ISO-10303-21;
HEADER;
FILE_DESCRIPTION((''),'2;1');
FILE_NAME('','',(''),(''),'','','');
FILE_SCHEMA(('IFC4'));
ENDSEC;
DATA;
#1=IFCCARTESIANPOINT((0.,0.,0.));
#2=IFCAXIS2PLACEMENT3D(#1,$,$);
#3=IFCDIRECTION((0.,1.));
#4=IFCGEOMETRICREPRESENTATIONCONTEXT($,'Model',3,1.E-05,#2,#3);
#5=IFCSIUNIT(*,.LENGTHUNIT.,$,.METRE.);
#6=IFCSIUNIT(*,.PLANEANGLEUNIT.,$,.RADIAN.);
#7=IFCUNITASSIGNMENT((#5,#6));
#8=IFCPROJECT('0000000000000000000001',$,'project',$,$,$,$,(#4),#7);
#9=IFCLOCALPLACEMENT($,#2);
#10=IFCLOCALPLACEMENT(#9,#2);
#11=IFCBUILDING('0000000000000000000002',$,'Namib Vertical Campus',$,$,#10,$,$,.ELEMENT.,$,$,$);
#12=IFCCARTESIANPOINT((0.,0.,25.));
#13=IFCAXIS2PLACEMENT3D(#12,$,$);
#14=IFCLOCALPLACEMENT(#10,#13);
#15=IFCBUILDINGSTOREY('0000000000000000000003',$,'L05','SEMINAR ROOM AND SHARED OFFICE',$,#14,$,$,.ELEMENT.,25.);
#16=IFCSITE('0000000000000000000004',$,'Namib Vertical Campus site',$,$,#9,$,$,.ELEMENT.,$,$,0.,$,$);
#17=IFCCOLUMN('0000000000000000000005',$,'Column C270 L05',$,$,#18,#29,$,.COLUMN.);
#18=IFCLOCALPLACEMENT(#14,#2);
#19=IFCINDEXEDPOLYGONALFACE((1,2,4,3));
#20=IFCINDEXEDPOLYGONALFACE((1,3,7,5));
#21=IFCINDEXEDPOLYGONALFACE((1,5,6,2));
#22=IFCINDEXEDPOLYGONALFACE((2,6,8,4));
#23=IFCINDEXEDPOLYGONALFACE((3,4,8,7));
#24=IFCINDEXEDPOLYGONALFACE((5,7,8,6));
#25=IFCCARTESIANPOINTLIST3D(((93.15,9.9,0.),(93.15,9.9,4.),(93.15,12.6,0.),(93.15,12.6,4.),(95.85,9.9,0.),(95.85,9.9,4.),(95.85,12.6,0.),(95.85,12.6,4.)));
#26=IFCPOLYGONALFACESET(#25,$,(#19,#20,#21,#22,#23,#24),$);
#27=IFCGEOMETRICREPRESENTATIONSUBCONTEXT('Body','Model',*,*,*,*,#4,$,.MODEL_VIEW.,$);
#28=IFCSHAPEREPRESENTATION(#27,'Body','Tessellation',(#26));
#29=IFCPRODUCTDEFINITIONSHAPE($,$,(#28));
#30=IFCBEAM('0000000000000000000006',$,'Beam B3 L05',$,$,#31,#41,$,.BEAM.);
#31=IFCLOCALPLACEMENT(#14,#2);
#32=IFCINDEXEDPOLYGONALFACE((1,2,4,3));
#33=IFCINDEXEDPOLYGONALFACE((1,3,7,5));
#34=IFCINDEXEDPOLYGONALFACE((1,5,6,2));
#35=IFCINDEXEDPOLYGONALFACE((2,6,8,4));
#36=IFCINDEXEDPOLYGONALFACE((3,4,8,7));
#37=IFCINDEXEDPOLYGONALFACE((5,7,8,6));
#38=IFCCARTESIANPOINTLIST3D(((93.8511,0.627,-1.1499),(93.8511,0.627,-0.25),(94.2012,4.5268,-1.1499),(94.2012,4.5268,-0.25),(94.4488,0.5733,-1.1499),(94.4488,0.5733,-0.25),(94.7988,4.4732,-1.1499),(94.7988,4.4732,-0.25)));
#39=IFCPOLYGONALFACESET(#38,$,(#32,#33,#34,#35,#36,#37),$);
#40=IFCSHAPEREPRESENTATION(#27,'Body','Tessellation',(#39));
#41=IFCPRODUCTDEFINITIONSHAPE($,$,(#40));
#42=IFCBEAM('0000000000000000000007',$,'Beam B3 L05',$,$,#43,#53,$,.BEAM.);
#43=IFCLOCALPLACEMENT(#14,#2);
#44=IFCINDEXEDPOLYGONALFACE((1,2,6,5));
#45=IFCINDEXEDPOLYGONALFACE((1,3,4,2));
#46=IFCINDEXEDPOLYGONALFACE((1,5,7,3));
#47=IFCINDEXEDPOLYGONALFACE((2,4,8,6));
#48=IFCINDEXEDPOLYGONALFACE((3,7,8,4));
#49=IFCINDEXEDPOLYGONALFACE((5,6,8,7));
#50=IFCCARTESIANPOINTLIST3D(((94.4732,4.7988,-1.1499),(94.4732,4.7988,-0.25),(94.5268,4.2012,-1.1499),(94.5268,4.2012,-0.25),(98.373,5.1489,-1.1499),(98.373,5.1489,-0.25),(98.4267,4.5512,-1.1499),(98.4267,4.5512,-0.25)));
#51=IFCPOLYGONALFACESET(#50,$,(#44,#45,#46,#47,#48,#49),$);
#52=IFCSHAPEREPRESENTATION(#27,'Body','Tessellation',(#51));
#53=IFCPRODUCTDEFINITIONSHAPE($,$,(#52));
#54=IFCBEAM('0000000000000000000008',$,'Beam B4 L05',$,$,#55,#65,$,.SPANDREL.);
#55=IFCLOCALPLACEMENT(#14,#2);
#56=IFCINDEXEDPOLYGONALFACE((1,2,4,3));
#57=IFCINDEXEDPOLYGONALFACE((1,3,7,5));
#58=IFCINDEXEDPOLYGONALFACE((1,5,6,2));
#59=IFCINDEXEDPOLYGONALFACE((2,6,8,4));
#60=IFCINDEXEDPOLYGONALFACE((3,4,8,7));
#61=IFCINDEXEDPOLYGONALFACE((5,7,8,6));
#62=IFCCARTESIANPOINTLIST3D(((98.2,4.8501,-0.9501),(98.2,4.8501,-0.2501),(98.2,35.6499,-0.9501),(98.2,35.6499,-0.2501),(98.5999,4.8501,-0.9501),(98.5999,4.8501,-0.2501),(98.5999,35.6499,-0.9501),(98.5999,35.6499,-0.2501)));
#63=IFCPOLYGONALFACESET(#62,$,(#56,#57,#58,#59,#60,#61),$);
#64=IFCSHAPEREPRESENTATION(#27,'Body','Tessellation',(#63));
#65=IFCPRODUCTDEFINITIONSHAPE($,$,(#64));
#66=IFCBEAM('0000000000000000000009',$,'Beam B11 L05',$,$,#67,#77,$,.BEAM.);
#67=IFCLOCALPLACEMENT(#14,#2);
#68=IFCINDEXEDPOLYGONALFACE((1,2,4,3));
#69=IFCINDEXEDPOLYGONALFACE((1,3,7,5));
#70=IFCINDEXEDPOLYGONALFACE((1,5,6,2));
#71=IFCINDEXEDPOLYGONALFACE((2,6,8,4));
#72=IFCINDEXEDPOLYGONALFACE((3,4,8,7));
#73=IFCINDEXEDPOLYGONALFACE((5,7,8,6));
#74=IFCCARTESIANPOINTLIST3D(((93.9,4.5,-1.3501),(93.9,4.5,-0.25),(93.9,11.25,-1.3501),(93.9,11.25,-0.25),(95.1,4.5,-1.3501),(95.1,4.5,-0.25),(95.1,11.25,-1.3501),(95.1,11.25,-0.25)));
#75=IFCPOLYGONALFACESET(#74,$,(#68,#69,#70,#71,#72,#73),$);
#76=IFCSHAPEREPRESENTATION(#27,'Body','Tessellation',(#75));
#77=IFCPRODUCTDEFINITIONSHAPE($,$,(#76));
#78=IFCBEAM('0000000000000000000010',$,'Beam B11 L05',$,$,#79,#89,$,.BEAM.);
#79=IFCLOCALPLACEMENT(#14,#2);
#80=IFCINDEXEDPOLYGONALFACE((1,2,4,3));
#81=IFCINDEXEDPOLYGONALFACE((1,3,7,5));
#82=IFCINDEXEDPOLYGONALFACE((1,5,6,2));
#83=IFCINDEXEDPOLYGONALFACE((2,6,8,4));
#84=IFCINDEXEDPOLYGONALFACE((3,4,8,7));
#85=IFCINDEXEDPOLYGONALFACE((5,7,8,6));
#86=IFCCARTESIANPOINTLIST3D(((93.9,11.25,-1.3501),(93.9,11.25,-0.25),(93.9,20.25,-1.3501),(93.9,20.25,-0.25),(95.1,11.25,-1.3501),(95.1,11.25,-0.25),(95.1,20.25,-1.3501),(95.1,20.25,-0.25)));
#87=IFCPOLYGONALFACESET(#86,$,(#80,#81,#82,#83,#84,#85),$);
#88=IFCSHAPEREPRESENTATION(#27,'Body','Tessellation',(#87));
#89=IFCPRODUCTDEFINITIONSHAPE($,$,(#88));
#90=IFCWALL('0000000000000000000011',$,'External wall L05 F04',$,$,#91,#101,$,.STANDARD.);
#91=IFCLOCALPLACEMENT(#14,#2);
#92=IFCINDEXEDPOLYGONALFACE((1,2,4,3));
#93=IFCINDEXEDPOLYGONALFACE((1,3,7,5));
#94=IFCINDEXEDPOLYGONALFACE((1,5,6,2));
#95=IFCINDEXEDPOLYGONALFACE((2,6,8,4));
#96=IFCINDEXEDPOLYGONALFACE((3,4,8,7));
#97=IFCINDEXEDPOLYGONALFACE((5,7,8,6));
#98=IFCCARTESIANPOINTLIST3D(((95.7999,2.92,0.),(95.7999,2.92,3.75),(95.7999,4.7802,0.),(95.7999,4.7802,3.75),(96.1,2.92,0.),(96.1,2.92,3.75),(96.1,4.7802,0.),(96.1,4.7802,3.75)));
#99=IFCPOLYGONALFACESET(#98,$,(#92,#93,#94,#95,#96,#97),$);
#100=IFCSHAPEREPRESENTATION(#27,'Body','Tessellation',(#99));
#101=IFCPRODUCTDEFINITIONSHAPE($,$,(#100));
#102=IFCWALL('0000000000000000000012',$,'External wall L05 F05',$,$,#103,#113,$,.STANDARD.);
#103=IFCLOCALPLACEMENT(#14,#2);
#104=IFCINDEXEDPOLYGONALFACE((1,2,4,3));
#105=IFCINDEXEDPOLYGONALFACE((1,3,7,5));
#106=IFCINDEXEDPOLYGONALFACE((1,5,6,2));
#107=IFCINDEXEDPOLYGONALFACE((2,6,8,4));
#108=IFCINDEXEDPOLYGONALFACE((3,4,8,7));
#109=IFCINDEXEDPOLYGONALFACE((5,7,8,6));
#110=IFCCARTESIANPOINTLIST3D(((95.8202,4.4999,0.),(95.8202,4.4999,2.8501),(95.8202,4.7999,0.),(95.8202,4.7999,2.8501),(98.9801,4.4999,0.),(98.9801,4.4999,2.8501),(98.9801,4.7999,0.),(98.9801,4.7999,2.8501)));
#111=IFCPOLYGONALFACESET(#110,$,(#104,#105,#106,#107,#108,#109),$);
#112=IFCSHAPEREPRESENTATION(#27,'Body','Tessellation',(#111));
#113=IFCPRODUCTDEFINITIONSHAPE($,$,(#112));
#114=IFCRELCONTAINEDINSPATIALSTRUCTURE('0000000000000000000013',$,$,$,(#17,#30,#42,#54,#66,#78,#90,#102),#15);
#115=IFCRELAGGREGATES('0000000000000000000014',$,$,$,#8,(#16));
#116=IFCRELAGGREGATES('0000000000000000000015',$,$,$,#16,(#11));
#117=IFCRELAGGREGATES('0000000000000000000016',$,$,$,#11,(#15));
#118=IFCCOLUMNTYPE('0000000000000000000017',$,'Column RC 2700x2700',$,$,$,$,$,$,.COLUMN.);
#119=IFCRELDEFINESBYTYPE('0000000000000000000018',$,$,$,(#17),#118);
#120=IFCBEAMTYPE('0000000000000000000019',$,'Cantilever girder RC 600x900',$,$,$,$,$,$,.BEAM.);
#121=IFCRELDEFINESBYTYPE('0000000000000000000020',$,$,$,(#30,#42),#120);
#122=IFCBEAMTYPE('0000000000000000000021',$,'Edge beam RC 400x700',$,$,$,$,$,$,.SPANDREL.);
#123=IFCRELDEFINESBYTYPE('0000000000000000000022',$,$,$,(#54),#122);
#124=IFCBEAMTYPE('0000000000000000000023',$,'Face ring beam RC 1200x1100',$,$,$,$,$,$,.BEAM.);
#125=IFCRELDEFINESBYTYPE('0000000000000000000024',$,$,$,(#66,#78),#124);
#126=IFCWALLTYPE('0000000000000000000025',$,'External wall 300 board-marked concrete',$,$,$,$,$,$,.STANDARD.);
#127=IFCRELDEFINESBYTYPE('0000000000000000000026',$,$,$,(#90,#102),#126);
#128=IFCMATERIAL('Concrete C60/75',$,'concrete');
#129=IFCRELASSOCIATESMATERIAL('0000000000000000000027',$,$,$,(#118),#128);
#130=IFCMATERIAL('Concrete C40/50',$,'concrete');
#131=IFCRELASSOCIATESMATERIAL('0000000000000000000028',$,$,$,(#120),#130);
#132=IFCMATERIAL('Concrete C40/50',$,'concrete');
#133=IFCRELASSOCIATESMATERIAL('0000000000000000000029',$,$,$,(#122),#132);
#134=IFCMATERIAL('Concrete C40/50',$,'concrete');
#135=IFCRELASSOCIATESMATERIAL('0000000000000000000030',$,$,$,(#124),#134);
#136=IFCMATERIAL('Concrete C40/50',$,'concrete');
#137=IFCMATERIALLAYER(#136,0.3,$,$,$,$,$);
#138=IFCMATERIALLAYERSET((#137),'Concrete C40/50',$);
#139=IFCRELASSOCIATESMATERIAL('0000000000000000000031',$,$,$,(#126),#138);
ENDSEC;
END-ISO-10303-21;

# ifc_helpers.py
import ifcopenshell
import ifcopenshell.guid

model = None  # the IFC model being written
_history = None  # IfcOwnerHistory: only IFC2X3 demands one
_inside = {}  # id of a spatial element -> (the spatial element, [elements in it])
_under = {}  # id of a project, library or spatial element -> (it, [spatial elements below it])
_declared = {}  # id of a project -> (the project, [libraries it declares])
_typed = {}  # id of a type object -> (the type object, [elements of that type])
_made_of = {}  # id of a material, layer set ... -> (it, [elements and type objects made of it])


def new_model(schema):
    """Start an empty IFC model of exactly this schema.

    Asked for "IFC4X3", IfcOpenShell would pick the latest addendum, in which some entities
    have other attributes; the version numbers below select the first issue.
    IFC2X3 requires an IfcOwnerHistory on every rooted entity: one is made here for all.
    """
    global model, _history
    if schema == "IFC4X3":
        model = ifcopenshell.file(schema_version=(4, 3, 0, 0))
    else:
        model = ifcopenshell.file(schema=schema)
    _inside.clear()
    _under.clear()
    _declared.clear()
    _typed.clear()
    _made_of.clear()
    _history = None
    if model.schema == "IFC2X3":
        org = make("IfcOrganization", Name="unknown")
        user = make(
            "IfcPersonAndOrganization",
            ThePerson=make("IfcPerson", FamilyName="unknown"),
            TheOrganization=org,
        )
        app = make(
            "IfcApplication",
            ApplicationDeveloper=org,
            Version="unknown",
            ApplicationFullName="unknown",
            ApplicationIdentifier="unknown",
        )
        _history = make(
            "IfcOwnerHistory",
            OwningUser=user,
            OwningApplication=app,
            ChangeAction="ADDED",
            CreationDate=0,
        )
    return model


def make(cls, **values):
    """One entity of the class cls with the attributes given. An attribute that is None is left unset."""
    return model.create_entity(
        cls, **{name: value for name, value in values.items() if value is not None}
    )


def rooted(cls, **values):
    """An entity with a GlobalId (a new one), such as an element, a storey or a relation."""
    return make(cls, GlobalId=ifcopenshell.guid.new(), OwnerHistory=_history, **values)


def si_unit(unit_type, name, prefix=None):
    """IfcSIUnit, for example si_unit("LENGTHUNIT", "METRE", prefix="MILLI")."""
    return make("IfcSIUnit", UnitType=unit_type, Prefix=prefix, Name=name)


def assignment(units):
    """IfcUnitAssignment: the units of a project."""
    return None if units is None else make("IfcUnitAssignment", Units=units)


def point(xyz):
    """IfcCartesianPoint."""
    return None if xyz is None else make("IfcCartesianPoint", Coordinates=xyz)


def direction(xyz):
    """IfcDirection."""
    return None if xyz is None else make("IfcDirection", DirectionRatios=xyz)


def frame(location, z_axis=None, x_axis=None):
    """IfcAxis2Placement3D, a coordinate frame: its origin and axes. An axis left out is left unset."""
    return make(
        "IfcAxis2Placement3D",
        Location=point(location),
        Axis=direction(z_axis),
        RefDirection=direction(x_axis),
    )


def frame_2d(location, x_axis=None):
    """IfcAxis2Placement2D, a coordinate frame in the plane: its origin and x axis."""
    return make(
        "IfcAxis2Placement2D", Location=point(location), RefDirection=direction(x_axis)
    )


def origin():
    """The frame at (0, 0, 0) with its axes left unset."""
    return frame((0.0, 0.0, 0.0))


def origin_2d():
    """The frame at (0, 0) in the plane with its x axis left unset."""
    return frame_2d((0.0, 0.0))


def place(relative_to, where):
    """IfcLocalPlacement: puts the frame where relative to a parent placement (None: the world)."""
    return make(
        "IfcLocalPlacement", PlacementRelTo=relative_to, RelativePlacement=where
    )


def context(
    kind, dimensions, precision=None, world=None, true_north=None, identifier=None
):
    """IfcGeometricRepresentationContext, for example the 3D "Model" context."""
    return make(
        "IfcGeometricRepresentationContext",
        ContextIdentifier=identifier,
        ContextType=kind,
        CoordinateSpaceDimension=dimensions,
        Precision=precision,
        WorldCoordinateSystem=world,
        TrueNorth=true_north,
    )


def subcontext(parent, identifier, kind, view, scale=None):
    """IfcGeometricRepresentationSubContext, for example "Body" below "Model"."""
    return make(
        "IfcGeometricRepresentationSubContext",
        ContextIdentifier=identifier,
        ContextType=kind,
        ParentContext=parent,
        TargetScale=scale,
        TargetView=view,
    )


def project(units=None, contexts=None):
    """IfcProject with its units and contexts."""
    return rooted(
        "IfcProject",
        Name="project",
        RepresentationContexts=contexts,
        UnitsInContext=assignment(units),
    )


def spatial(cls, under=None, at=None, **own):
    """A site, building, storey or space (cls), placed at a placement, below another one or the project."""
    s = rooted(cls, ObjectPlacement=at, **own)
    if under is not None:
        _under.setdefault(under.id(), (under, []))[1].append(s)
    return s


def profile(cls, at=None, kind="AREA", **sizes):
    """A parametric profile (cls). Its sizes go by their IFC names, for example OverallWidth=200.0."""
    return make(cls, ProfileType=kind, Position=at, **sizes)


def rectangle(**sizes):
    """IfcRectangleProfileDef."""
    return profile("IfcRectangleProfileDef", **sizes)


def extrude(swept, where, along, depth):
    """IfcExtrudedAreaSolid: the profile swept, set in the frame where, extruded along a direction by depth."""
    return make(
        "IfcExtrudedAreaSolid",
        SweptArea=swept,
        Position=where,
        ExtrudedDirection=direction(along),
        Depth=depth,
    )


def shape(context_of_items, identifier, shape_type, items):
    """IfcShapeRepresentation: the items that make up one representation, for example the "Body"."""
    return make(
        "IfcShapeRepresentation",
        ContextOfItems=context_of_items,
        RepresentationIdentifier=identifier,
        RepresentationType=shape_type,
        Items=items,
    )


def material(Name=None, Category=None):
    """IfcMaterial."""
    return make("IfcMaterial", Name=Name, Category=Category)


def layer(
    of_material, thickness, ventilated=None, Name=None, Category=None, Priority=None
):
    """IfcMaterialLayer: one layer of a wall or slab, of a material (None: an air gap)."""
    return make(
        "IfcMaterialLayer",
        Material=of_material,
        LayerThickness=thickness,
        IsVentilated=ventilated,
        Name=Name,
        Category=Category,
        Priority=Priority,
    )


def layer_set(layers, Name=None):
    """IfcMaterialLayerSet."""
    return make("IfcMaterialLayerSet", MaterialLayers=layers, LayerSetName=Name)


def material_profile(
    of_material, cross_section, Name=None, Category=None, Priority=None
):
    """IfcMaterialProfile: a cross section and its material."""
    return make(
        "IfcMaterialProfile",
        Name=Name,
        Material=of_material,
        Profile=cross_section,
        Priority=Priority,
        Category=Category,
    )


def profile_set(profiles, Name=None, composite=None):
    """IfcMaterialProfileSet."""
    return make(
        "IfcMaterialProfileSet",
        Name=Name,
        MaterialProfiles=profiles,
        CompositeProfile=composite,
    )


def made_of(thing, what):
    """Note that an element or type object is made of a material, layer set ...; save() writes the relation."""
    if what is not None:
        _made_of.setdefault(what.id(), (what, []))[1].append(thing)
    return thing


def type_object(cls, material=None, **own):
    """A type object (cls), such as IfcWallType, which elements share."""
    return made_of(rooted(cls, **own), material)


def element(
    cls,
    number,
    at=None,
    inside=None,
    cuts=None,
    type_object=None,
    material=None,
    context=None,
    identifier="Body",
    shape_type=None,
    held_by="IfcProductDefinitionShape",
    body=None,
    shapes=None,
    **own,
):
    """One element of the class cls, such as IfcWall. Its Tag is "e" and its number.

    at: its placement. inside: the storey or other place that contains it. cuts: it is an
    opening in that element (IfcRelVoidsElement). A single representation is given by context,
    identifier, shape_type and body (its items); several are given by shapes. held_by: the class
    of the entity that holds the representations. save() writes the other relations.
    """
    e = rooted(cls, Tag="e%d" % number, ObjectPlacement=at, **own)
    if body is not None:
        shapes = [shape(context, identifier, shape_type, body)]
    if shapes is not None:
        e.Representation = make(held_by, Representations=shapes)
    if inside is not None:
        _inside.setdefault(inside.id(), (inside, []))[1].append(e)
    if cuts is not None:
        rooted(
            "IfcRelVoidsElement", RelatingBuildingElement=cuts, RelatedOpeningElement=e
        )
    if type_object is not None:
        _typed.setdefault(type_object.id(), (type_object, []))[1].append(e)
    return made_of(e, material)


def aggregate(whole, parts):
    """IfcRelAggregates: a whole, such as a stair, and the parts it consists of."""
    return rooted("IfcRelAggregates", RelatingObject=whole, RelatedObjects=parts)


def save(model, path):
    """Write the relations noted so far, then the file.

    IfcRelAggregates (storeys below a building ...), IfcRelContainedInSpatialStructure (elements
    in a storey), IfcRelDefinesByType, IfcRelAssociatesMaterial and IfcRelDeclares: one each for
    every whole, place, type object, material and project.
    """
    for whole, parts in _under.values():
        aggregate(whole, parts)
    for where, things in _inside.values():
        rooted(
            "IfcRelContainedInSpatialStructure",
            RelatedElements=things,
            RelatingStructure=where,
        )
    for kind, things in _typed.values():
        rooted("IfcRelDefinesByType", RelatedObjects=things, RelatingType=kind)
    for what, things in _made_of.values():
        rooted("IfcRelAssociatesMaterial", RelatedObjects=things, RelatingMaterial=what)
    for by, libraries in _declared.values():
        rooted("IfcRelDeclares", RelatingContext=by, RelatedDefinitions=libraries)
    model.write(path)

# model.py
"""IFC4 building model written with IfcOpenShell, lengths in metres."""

from ifc_helpers import new_model, si_unit, direction, frame, frame_2d, origin, origin_2d, place, context, subcontext, project, spatial, rectangle, extrude, material, layer, layer_set, material_profile, profile_set, type_object, element, save


model = new_model("IFC4")

# Units and contexts
model_context = context("Model", 3, precision=1e-05, world=origin(), true_north=direction((0.0, 1.0)))
body_context = subcontext(model_context, "Body", "Model", "MODEL_VIEW")
ifc_project = project(units=[si_unit("LENGTHUNIT", "METRE"), si_unit("PLANEANGLEUNIT", "RADIAN")], contexts=[model_context])

# Site, building, storey
site_placement = place(None, origin())
site = spatial("IfcSite", under=ifc_project, at=site_placement, Name="Namib Vertical Campus site", CompositionType="ELEMENT", RefElevation=0.0)
building_placement = place(site_placement, origin())
building = spatial("IfcBuilding", under=site, at=building_placement, Name="Namib Vertical Campus", CompositionType="ELEMENT")
storey_placement = place(building_placement, frame((0.0, 0.0, 25.0)))
storey = spatial("IfcBuildingStorey", under=building, at=storey_placement, Name="L05", Description="SEMINAR ROOM AND SHARED OFFICE", CompositionType="ELEMENT", Elevation=25.0)

# Column
ifc_material_1 = material(Name="Concrete C60/75", Category="concrete")
ifc_material_profile_1 = material_profile(ifc_material_1, rectangle(XDim=2.7, YDim=2.7, at=origin_2d()))
ifc_profile_set_1 = profile_set([ifc_material_profile_1], Name="Concrete C60/75")
column_type = type_object("IfcColumnType", Name="Column RC 2700x2700", PredefinedType="COLUMN", material=ifc_profile_set_1)
column_placement = place(storey_placement, frame((94.5, 11.25, 0.0), z_axis=(0.0, 0.0, 1.0), x_axis=(1.0, 0.0, 0.0)))
element("IfcColumn", 1, at=column_placement, inside=storey, type_object=column_type, Name="Column C270 L05", PredefinedType="COLUMN", context=body_context, shape_type="SweptSolid", body=[
    extrude(rectangle(XDim=2.7, YDim=2.7, at=origin_2d()), origin(), (0.0, 0.0, 1.0), 4.0),
])

# Beams
ifc_material_2 = material(Name="Concrete C40/50", Category="concrete")
ifc_material_profile_2 = material_profile(ifc_material_2, rectangle(XDim=0.6001, YDim=0.8999, at=origin_2d()))
ifc_profile_set_2 = profile_set([ifc_material_profile_2], Name="Concrete C40/50")
beam_type_1 = type_object("IfcBeamType", Name="Cantilever girder RC 600x900", PredefinedType="BEAM", material=ifc_profile_set_2)
for number, where, z_axis, x_axis, name in (
    (2, (94.5, 4.5, -0.7), (-0.089411, -0.995995, 0.0), (0.995995, -0.089411, 0.0), "Beam B3 L05"),
    (3, (94.5, 4.5, -0.7), (0.995995, 0.089411, 0.0), (-0.089411, 0.995995, 0.0), "Beam B3 L05"),
):
    element("IfcBeam", number, at=place(storey_placement, frame(where, z_axis=z_axis, x_axis=x_axis)), inside=storey, type_object=beam_type_1, Name=name, PredefinedType="BEAM", context=body_context, shape_type="SweptSolid", body=[
        extrude(rectangle(XDim=0.6001, YDim=0.8999, at=origin_2d()), origin(), (0.0, 0.0, 1.0), 3.9155),
    ])
ifc_material_3 = material(Name="Concrete C40/50", Category="concrete")
ifc_material_profile_3 = material_profile(ifc_material_3, rectangle(XDim=0.3999, YDim=0.7, at=origin_2d()))
ifc_profile_set_3 = profile_set([ifc_material_profile_3], Name="Concrete C40/50")
beam_type_2 = type_object("IfcBeamType", Name="Edge beam RC 400x700", PredefinedType="SPANDREL", material=ifc_profile_set_3)
beam_1_placement = place(storey_placement, frame((98.3999, 4.8501, -0.6001), z_axis=(0.0, 1.0, 0.0), x_axis=(-1.0, 0.0, 0.0)))
element("IfcBeam", 4, at=beam_1_placement, inside=storey, type_object=beam_type_2, Name="Beam B4 L05", PredefinedType="SPANDREL", context=body_context, shape_type="SweptSolid", body=[
    extrude(rectangle(XDim=0.3999, YDim=0.7, at=origin_2d()), origin(), (0.0, 0.0, 1.0), 30.7998),
])
ifc_material_4 = material(Name="Concrete C40/50", Category="concrete")
ifc_material_profile_4 = material_profile(ifc_material_4, rectangle(XDim=1.2, YDim=1.1001, at=origin_2d()))
ifc_profile_set_4 = profile_set([ifc_material_profile_4], Name="Concrete C40/50")
beam_type_3 = type_object("IfcBeamType", Name="Face ring beam RC 1200x1100", PredefinedType="BEAM", material=ifc_profile_set_4)
beam_2_placement = place(storey_placement, frame((94.5, 4.5, -0.8), z_axis=(0.0, 1.0, 0.0), x_axis=(-1.0, 0.0, 0.0)))
element("IfcBeam", 5, at=beam_2_placement, inside=storey, type_object=beam_type_3, Name="Beam B11 L05", PredefinedType="BEAM", context=body_context, shape_type="SweptSolid", body=[
    extrude(rectangle(XDim=1.2, YDim=1.1001, at=origin_2d()), origin(), (0.0, 0.0, 1.0), 6.75),
])
beam_3_placement = place(storey_placement, frame((94.5, 11.25, -0.8), z_axis=(0.0, 1.0, 0.0), x_axis=(-1.0, 0.0, 0.0)))
element("IfcBeam", 6, at=beam_3_placement, inside=storey, type_object=beam_type_3, Name="Beam B11 L05", PredefinedType="BEAM", context=body_context, shape_type="SweptSolid", body=[
    extrude(rectangle(XDim=1.2, YDim=1.1001, at=origin_2d()), origin(), (0.0, 0.0, 1.0), 9.0),
])

# Walls
ifc_material_5 = material(Name="Concrete C40/50", Category="concrete")
ifc_layer_1 = layer(ifc_material_5, 0.3)
ifc_layer_set_1 = layer_set([ifc_layer_1], Name="Concrete C40/50")
wall_type = type_object("IfcWallType", Name="External wall 300 board-marked concrete", PredefinedType="STANDARD", material=ifc_layer_set_1)
wall_1_placement = place(storey_placement, frame((95.95, 2.9199, 0.0), z_axis=(0.0, 0.0, 1.0), x_axis=(0.0, 1.0, 0.0)))
element("IfcWall", 7, at=wall_1_placement, inside=storey, type_object=wall_type, Name="External wall L05 F04", PredefinedType="STANDARD", context=body_context, shape_type="SweptSolid", body=[
    extrude(rectangle(XDim=1.8601, YDim=0.3, at=frame_2d((0.9302, 0.0))), origin(), (0.0, 0.0, 1.0), 3.75),
])
wall_2_placement = place(storey_placement, frame((95.8201, 4.6499, 0.0), z_axis=(0.0, 0.0, 1.0), x_axis=(1.0, 0.0, 0.0)))
element("IfcWall", 8, at=wall_2_placement, inside=storey, type_object=wall_type, Name="External wall L05 F05", PredefinedType="STANDARD", context=body_context, shape_type="SweptSolid", body=[
    extrude(rectangle(XDim=3.1599, YDim=0.3, at=frame_2d((1.5801, 0.0))), origin(), (0.0, 0.0, 1.0), 2.8501),
])

save(model, "model.ifc")
